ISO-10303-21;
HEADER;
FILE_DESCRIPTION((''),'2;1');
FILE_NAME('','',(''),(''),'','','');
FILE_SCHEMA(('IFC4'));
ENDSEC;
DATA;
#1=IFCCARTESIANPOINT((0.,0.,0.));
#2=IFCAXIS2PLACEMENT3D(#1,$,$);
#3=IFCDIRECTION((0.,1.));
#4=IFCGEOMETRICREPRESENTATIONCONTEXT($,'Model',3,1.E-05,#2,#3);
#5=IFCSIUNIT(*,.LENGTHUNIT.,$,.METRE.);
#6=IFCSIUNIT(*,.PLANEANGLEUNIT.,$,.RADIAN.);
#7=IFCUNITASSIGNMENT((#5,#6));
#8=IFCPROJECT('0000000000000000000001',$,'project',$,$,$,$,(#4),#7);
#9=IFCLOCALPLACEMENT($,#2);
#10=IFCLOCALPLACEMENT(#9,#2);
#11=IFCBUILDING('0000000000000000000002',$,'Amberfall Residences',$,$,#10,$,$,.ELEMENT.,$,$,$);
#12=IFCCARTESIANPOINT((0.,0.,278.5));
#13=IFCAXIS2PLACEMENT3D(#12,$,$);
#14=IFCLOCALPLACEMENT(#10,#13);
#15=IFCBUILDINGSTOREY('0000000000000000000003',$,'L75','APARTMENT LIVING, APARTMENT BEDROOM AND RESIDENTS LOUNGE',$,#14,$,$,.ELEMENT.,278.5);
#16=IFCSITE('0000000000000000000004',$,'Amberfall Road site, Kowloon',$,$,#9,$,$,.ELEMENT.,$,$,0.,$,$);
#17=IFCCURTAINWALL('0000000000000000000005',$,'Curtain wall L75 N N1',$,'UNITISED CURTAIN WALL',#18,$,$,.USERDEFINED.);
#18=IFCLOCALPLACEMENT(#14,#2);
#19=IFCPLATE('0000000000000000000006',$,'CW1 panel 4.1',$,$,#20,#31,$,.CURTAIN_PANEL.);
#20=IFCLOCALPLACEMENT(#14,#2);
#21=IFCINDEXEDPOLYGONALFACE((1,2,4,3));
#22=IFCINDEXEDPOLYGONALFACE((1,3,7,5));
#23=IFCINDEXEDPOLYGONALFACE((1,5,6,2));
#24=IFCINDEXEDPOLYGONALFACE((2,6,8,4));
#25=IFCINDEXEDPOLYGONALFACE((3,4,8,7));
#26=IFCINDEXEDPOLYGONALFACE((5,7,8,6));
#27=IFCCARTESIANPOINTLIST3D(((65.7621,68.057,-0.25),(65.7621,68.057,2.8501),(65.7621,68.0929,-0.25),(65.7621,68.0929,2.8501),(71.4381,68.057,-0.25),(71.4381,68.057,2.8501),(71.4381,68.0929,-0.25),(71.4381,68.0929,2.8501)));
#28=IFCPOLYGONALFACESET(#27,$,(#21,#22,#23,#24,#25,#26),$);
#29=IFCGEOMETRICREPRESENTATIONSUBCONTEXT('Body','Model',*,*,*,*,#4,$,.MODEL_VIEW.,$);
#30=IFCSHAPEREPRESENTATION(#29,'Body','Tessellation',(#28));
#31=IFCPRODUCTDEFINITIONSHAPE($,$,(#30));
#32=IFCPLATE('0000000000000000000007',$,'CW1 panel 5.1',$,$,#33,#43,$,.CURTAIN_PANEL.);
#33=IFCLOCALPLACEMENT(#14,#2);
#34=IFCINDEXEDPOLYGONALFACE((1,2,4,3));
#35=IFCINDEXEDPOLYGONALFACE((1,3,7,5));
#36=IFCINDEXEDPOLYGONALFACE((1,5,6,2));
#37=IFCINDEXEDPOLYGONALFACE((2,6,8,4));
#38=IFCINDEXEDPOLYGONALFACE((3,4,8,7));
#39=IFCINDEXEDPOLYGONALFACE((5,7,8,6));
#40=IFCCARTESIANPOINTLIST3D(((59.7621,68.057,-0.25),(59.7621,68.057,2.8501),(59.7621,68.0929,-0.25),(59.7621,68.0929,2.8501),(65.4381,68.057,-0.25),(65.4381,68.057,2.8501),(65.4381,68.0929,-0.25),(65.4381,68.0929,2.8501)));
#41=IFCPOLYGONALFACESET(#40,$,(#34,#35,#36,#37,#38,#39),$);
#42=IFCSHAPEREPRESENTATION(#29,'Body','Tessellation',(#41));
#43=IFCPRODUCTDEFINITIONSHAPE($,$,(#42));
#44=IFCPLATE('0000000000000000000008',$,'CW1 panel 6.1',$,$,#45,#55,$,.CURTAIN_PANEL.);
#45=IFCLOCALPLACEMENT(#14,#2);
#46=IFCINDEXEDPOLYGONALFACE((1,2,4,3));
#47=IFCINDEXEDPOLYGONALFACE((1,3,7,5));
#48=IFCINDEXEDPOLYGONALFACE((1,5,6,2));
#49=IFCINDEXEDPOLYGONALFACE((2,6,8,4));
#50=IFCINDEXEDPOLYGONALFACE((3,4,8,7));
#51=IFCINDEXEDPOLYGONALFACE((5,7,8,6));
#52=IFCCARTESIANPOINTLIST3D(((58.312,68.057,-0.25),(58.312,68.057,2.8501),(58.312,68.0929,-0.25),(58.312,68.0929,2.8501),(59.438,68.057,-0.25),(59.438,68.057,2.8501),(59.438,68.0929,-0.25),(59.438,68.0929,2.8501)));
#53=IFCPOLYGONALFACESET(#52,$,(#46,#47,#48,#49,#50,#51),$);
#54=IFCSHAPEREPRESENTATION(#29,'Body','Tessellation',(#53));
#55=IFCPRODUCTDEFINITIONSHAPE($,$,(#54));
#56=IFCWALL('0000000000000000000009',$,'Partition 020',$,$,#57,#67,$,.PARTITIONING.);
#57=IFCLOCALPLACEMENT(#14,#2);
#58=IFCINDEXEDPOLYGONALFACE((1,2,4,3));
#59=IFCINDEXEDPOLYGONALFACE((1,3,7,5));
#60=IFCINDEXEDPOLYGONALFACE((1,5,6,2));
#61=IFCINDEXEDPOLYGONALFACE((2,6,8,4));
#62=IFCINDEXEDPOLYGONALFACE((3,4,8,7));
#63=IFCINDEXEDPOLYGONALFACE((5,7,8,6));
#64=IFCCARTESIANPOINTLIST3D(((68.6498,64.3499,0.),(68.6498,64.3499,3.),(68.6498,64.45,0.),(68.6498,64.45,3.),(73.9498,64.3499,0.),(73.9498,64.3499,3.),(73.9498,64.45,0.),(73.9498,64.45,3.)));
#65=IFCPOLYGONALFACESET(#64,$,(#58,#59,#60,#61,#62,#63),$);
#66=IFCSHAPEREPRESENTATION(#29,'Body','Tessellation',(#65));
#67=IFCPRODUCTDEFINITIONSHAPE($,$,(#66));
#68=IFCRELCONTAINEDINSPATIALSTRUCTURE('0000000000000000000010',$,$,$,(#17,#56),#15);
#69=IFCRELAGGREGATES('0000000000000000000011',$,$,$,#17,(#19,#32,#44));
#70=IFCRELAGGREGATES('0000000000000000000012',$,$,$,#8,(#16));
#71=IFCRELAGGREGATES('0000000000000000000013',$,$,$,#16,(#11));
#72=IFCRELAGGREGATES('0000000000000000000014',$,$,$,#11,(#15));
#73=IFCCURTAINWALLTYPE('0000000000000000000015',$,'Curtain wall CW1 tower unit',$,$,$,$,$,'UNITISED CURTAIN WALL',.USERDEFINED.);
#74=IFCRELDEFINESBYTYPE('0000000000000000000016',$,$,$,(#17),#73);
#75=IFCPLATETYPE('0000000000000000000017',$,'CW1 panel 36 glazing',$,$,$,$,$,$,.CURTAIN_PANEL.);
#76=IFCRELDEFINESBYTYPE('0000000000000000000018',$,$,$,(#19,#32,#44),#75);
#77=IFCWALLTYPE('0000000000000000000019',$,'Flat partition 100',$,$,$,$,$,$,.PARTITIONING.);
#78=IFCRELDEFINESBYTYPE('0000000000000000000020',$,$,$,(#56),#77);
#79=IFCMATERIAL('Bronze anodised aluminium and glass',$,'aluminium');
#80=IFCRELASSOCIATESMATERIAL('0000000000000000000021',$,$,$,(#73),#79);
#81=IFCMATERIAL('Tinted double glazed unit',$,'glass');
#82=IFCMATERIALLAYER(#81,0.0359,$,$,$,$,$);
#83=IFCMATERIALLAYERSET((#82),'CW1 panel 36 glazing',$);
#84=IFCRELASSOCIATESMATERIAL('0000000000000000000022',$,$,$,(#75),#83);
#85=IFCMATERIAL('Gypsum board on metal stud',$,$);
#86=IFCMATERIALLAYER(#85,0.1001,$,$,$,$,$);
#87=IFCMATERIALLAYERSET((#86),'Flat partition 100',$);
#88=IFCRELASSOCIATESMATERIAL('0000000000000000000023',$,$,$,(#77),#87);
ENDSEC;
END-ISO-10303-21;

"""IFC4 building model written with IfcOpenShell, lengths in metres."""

from ifc_helpers import new_model, si_unit, direction, frame, frame_2d, origin, origin_2d, place, context, subcontext, project, spatial, rectangle, extrude, material, layer, layer_set, type_object, element, aggregate, save


model = new_model("IFC4")

# Units and contexts
model_context = context("Model", 3, precision=1e-05, world=origin(), true_north=direction((0.0, 1.0)))
body_context = subcontext(model_context, "Body", "Model", "MODEL_VIEW")
ifc_project = project(units=[si_unit("LENGTHUNIT", "METRE"), si_unit("PLANEANGLEUNIT", "RADIAN")], contexts=[model_context])

# Site, building, storey
site_placement = place(None, origin())
site = spatial("IfcSite", under=ifc_project, at=site_placement, Name="Amberfall Road site, Kowloon", CompositionType="ELEMENT", RefElevation=0.0)
building_placement = place(site_placement, origin())
building = spatial("IfcBuilding", under=site, at=building_placement, Name="Amberfall Residences", CompositionType="ELEMENT")
storey_placement = place(building_placement, frame((0.0, 0.0, 278.5)))
storey = spatial("IfcBuildingStorey", under=building, at=storey_placement, Name="L75", Description="APARTMENT LIVING, APARTMENT BEDROOM AND RESIDENTS LOUNGE", CompositionType="ELEMENT", Elevation=278.5)

# Curtain wall
ifc_material_1 = material(Name="Bronze anodised aluminium and glass", Category="aluminium")
curtain_wall_type = type_object("IfcCurtainWallType", Name="Curtain wall CW1 tower unit", ElementType="UNITISED CURTAIN WALL", PredefinedType="USERDEFINED", material=ifc_material_1)
curtain_wall_placement = place(storey_placement, origin())
curtain_wall = element("IfcCurtainWall", 1, at=curtain_wall_placement, inside=storey, type_object=curtain_wall_type, Name="Curtain wall L75 N N1", ObjectType="UNITISED CURTAIN WALL", PredefinedType="USERDEFINED")

# Plates
ifc_material_2 = material(Name="Tinted double glazed unit", Category="glass")
ifc_layer_1 = layer(ifc_material_2, 0.0359)
ifc_layer_set_1 = layer_set([ifc_layer_1], Name="CW1 panel 36 glazing")
plate_type = type_object("IfcPlateType", Name="CW1 panel 36 glazing", PredefinedType="CURTAIN_PANEL", material=ifc_layer_set_1)
plate_1_placement = place(storey_placement, frame((68.6001, 68.075, -0.25), z_axis=(0.0, 0.0, 1.0), x_axis=(-1.0, 0.0, 0.0)))
plate_1 = element("IfcPlate", 2, at=plate_1_placement, type_object=plate_type, Name="CW1 panel 4.1", PredefinedType="CURTAIN_PANEL", context=body_context, shape_type="SweptSolid", body=[
    extrude(rectangle(XDim=5.676, YDim=0.0359, at=origin_2d()), origin(), (0.0, 0.0, 1.0), 3.1001),
])
plate_2_placement = place(storey_placement, frame((62.6001, 68.075, -0.25), z_axis=(0.0, 0.0, 1.0), x_axis=(-1.0, 0.0, 0.0)))
plate_2 = element("IfcPlate", 3, at=plate_2_placement, type_object=plate_type, Name="CW1 panel 5.1", PredefinedType="CURTAIN_PANEL", context=body_context, shape_type="SweptSolid", body=[
    extrude(rectangle(XDim=5.676, YDim=0.0359, at=origin_2d()), origin(), (0.0, 0.0, 1.0), 3.1001),
])
plate_3_placement = place(storey_placement, frame((58.875, 68.075, -0.25), z_axis=(0.0, 0.0, 1.0), x_axis=(-1.0, 0.0, 0.0)))
plate_3 = element("IfcPlate", 4, at=plate_3_placement, type_object=plate_type, Name="CW1 panel 6.1", PredefinedType="CURTAIN_PANEL", context=body_context, shape_type="SweptSolid", body=[
    extrude(rectangle(XDim=1.126, YDim=0.0359, at=origin_2d()), origin(), (0.0, 0.0, 1.0), 3.1001),
])
aggregate(curtain_wall, [plate_1, plate_2, plate_3])

# Wall
ifc_material_3 = material(Name="Gypsum board on metal stud")
ifc_layer_2 = layer(ifc_material_3, 0.1001)
ifc_layer_set_2 = layer_set([ifc_layer_2], Name="Flat partition 100")
wall_type = type_object("IfcWallType", Name="Flat partition 100", PredefinedType="PARTITIONING", material=ifc_layer_set_2)
wall_placement = place(storey_placement, frame((68.6499, 64.3999, 0.0), z_axis=(0.0, 0.0, 1.0), x_axis=(1.0, 0.0, 0.0)))
element("IfcWall", 5, at=wall_placement, inside=storey, type_object=wall_type, Name="Partition 020", PredefinedType="PARTITIONING", context=body_context, shape_type="SweptSolid", body=[
    extrude(rectangle(XDim=5.3, YDim=0.1001, at=frame_2d((2.6499, 0.0))), origin(), (0.0, 0.0, 1.0), 3.0),
])

save(model, "model.ifc")
